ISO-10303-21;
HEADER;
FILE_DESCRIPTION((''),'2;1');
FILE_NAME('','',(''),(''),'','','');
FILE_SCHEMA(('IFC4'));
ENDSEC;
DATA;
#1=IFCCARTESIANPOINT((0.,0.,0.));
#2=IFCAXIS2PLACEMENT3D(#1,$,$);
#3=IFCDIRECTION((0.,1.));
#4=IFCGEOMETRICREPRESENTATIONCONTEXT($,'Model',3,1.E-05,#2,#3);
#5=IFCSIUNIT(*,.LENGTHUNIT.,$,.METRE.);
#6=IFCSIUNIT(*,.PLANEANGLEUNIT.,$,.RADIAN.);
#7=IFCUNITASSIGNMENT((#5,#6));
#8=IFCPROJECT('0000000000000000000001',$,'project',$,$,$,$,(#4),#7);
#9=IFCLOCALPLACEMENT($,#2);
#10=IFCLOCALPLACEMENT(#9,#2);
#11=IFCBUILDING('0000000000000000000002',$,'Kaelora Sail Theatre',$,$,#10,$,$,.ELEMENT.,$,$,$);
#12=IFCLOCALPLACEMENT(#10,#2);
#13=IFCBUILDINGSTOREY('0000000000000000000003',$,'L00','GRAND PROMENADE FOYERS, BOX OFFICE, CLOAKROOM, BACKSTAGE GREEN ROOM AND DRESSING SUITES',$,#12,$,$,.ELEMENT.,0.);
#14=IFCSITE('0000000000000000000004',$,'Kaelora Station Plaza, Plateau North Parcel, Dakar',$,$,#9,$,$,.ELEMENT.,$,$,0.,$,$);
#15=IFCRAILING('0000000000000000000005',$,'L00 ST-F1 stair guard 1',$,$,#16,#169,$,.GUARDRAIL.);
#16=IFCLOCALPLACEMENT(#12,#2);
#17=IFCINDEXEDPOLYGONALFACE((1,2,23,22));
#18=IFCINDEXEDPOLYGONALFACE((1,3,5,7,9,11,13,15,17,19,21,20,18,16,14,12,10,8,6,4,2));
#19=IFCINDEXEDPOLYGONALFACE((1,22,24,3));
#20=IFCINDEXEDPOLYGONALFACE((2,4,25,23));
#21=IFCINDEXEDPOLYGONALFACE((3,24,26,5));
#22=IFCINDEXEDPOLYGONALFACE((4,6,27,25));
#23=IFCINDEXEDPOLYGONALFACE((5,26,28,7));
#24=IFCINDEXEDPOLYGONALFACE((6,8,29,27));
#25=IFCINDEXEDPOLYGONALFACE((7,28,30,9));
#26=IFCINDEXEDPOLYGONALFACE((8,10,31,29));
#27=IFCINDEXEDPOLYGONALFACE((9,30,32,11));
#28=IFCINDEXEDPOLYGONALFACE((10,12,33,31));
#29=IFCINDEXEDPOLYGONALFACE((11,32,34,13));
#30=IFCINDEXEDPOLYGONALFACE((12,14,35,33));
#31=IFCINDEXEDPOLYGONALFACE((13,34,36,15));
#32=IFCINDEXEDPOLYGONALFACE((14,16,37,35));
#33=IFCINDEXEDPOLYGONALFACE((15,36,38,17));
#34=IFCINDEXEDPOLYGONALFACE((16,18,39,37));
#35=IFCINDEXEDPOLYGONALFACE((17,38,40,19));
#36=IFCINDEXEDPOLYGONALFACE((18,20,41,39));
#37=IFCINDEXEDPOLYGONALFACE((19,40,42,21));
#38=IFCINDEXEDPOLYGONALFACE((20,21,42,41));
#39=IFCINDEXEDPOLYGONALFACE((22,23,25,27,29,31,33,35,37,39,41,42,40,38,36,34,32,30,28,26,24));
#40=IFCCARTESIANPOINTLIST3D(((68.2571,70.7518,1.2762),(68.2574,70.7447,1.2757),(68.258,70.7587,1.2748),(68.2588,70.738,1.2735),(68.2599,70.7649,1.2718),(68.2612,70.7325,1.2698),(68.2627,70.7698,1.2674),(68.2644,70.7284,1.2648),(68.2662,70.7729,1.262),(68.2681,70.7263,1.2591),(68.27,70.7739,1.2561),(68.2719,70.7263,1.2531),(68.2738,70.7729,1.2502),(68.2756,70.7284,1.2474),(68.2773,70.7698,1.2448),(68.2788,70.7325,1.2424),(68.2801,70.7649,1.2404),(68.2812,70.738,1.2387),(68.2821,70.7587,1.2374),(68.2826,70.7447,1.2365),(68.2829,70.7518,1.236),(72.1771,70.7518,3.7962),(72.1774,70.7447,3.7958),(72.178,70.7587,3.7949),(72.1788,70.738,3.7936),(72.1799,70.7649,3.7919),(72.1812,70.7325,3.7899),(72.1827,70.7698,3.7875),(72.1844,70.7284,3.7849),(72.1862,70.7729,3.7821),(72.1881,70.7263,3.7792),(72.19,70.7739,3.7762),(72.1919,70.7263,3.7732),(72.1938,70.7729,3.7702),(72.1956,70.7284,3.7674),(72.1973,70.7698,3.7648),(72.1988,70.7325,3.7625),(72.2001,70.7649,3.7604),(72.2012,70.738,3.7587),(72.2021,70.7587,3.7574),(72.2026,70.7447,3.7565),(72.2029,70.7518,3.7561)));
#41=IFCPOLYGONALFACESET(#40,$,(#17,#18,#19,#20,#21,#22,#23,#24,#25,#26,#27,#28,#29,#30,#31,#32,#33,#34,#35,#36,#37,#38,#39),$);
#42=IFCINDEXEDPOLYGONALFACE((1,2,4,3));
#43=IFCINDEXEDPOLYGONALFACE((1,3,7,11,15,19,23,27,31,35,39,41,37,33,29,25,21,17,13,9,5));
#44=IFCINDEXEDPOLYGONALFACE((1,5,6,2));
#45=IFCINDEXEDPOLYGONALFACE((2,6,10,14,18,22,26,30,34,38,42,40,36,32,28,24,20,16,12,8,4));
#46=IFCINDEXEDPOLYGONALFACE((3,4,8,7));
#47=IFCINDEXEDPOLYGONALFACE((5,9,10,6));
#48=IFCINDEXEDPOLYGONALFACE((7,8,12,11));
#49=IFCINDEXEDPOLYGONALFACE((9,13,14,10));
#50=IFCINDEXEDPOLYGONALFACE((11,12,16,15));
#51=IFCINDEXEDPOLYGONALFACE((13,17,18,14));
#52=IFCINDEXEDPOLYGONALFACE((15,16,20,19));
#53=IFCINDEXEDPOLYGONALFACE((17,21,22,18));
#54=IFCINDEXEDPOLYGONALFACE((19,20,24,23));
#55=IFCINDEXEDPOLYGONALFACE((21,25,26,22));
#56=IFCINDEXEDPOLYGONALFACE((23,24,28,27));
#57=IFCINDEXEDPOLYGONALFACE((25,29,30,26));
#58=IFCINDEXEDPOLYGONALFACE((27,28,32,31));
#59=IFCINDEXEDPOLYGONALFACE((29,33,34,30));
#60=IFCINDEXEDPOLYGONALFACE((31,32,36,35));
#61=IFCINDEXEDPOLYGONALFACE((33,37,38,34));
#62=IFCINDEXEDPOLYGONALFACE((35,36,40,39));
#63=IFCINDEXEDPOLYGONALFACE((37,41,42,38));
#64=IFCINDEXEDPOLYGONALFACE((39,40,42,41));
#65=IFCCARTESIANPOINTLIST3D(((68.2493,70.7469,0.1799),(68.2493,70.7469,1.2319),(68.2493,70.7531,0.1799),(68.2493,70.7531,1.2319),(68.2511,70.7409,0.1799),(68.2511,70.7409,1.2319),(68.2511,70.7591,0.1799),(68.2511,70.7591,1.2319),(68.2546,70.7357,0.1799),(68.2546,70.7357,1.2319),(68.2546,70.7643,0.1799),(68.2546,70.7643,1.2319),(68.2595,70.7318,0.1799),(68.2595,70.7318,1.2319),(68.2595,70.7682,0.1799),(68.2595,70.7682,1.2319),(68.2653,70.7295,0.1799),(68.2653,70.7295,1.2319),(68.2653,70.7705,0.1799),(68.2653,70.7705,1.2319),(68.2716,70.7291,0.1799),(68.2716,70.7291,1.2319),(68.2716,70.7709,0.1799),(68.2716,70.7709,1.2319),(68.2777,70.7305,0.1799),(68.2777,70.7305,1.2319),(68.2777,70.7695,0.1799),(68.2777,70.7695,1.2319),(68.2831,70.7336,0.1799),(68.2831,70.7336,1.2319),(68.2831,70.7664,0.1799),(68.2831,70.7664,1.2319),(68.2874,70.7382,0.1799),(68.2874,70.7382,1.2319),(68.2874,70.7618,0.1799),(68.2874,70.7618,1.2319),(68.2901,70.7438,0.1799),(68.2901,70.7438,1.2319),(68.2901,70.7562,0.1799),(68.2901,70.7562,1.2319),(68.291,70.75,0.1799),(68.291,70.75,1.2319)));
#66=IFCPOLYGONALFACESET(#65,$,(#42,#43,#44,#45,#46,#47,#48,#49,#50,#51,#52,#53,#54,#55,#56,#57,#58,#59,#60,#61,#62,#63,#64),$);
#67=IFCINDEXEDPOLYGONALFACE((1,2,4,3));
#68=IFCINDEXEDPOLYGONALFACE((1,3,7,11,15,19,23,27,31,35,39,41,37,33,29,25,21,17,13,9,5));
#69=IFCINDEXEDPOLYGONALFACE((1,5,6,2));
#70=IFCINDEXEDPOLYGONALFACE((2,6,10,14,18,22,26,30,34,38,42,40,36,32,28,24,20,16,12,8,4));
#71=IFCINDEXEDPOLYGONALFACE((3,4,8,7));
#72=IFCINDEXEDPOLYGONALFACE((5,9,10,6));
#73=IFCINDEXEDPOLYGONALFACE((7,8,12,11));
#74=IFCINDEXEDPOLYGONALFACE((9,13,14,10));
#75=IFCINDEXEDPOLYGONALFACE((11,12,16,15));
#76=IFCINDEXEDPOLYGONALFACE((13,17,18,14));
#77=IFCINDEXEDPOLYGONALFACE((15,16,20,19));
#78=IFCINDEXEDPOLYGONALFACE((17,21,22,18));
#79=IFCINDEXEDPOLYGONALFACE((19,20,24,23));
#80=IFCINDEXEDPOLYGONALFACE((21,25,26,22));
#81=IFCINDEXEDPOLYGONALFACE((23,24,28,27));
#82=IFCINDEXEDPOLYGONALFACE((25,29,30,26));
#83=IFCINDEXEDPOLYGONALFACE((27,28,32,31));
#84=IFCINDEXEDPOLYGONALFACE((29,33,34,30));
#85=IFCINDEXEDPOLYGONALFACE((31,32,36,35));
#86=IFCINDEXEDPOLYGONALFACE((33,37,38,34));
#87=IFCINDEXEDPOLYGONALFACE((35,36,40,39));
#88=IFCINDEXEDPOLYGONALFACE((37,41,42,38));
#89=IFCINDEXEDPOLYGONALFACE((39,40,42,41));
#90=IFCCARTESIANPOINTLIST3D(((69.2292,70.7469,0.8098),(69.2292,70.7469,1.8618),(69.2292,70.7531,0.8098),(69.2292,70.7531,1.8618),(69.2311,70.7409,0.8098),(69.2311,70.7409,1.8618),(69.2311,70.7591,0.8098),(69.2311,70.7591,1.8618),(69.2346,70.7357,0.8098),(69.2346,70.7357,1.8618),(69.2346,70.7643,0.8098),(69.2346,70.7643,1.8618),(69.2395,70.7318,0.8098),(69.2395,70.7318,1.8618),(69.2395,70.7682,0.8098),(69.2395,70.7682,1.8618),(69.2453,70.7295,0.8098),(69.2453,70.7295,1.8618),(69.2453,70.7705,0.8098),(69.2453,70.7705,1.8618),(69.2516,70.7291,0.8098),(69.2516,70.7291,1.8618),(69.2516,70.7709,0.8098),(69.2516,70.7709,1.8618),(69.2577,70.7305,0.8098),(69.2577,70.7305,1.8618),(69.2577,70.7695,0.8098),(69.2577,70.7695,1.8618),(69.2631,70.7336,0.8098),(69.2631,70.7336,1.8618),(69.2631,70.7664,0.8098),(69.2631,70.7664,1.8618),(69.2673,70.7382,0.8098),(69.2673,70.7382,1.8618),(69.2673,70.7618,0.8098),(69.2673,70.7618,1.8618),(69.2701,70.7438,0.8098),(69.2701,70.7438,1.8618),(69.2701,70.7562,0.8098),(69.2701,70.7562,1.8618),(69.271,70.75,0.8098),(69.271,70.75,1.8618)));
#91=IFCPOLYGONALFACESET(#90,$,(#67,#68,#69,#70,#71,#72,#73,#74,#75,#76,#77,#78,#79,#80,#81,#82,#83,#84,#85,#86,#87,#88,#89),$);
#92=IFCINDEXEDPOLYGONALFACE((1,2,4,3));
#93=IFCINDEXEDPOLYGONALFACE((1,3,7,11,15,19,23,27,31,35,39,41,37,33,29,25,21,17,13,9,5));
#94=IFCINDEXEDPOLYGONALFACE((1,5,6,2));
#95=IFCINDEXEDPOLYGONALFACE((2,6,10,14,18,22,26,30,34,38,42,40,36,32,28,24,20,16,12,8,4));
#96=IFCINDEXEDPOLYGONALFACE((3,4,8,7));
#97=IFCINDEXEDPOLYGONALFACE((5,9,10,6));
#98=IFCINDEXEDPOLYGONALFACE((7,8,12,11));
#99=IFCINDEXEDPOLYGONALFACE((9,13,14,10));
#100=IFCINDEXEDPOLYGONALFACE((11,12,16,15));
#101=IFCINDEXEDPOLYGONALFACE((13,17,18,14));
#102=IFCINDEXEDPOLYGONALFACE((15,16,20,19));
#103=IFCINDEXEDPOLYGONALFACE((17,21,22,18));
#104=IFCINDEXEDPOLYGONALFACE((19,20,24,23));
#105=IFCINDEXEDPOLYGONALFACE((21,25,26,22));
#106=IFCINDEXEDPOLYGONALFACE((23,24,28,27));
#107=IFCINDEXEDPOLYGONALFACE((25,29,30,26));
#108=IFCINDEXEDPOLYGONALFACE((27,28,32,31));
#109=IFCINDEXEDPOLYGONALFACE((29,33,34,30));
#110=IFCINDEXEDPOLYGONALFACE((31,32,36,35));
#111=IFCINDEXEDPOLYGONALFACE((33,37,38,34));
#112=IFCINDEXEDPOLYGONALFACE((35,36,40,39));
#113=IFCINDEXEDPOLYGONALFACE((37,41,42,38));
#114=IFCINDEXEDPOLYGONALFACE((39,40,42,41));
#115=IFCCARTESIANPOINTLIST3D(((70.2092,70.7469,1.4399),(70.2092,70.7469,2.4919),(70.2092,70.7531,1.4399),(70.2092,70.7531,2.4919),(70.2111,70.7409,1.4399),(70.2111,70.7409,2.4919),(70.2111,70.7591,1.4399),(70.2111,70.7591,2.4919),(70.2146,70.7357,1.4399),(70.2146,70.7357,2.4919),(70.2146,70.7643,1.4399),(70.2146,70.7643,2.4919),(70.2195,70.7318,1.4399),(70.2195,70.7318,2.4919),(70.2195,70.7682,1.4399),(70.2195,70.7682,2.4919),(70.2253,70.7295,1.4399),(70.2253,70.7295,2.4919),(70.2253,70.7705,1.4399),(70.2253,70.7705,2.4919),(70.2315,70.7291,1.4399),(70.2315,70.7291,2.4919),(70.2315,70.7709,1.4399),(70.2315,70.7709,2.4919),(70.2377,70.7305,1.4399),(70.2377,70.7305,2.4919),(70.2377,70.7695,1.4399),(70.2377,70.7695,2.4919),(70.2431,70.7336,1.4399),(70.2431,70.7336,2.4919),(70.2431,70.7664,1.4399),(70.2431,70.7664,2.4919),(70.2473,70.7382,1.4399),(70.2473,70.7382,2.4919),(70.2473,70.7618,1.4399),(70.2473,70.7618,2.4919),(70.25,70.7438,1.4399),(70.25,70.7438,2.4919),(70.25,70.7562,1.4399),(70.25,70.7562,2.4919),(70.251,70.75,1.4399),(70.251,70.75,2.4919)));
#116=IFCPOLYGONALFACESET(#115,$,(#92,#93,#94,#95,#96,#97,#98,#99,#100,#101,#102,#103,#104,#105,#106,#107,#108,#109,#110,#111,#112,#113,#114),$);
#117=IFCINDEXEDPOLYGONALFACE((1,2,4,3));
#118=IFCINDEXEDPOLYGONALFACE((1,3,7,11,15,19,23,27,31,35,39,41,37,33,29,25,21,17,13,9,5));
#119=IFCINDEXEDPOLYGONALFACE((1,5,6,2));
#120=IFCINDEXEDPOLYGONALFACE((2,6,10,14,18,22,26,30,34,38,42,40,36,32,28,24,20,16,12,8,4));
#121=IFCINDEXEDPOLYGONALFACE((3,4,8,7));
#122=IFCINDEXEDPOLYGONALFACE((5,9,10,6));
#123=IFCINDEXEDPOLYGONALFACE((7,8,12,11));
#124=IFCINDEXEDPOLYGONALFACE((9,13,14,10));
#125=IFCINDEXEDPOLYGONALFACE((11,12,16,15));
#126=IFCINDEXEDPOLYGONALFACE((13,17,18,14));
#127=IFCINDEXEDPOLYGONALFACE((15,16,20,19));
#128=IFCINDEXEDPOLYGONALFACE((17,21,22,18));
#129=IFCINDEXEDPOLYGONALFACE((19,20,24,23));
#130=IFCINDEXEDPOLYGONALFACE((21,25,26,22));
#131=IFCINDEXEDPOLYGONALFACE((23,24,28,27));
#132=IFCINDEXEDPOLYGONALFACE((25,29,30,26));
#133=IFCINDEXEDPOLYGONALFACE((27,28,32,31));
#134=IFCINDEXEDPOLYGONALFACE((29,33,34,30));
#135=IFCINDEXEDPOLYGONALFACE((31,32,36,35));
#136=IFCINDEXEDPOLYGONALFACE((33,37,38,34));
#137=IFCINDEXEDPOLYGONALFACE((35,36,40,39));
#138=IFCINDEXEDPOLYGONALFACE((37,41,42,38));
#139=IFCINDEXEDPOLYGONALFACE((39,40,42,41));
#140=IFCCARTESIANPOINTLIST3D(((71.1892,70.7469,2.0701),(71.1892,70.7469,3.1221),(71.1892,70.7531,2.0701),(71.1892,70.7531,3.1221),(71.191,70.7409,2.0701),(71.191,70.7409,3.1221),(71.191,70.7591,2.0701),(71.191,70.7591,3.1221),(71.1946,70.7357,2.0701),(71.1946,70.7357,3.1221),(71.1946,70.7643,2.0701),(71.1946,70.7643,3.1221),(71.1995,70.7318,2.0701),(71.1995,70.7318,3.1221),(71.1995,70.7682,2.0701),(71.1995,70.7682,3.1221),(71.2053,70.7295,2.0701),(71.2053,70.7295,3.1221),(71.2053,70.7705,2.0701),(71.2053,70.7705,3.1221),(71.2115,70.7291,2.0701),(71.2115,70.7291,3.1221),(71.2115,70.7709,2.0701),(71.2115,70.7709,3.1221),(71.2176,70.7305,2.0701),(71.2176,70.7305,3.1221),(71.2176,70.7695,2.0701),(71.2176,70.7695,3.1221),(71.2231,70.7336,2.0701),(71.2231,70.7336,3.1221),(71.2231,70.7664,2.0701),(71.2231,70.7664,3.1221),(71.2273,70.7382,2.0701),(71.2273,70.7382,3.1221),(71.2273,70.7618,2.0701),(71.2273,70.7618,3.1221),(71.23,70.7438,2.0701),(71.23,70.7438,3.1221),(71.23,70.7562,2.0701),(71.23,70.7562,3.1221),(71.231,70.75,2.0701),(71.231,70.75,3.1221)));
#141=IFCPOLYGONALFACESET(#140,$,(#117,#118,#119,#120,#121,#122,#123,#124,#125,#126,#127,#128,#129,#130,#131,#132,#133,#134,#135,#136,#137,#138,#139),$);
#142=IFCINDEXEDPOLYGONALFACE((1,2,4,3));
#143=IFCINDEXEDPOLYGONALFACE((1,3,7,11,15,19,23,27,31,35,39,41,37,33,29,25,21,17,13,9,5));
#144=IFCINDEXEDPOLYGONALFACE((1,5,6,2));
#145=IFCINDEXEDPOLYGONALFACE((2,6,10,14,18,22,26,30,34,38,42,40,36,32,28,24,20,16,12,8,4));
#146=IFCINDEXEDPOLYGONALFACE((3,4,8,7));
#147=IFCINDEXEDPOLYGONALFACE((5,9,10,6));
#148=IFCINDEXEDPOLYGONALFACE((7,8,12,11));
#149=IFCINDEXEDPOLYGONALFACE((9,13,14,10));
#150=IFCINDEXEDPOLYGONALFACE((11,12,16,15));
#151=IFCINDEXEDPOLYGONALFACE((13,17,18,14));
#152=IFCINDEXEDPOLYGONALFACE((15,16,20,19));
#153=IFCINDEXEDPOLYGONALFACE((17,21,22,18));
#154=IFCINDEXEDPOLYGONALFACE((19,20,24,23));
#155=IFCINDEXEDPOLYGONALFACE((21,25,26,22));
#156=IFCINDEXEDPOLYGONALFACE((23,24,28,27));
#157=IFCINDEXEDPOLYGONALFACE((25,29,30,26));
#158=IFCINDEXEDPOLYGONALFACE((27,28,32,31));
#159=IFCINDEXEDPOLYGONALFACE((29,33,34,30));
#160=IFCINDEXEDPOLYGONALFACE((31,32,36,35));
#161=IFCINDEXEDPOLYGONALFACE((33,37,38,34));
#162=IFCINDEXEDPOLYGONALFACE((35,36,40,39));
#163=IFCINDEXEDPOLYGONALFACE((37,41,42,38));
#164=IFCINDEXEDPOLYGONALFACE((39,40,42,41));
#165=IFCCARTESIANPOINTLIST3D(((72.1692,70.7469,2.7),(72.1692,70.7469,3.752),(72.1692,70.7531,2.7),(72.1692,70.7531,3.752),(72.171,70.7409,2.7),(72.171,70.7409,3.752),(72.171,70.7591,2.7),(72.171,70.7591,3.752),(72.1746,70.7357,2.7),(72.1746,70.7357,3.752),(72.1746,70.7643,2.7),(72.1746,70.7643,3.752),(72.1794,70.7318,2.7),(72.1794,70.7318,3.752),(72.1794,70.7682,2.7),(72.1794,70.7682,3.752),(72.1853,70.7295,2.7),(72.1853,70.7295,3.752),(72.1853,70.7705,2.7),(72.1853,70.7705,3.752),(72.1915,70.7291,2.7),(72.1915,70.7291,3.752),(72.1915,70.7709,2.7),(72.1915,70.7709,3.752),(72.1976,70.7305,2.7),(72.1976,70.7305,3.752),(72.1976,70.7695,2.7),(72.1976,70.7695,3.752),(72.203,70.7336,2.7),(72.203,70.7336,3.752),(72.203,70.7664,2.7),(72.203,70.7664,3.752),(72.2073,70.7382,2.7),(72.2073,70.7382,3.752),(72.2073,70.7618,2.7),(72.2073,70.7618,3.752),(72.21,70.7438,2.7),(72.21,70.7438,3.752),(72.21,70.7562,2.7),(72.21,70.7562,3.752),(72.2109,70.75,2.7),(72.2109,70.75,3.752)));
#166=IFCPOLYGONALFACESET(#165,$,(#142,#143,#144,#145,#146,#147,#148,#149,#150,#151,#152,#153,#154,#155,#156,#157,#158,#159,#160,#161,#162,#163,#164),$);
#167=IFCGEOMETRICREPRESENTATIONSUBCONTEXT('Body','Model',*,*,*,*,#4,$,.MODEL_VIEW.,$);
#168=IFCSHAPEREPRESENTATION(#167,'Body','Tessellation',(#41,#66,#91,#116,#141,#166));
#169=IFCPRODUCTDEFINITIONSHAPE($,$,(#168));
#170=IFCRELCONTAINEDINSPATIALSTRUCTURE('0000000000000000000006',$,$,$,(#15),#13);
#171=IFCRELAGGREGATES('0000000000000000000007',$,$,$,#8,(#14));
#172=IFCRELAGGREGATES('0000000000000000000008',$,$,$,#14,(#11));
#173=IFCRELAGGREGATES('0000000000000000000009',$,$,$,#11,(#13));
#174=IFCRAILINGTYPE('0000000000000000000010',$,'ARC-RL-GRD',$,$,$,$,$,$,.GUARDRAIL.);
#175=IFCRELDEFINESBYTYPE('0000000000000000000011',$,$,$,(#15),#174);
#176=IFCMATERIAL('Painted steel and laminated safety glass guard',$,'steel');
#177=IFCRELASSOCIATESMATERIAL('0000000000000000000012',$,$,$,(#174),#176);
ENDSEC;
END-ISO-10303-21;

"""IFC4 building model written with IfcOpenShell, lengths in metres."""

from ifc_helpers import new_model, si_unit, direction, frame, origin, origin_2d, place, context, subcontext, project, spatial, circle, extrude, material, type_object, element, save


model = new_model("IFC4")

# Units and contexts
model_context = context("Model", 3, precision=1e-05, world=origin(), true_north=direction((0.0, 1.0)))
body_context = subcontext(model_context, "Body", "Model", "MODEL_VIEW")
ifc_project = project(units=[si_unit("LENGTHUNIT", "METRE"), si_unit("PLANEANGLEUNIT", "RADIAN")], contexts=[model_context])

# Site, building, storey
site_placement = place(None, origin())
site = spatial("IfcSite", under=ifc_project, at=site_placement, Name="Kaelora Station Plaza, Plateau North Parcel, Dakar", CompositionType="ELEMENT", RefElevation=0.0)
building_placement = place(site_placement, origin())
building = spatial("IfcBuilding", under=site, at=building_placement, Name="Kaelora Sail Theatre", CompositionType="ELEMENT")
storey_placement = place(building_placement, origin())
storey = spatial("IfcBuildingStorey", under=building, at=storey_placement, Name="L00", Description="GRAND PROMENADE FOYERS, BOX OFFICE, CLOAKROOM, BACKSTAGE GREEN ROOM AND DRESSING SUITES", CompositionType="ELEMENT", Elevation=0.0)

# Railing
ifc_material_1 = material(Name="Painted steel and laminated safety glass guard", Category="steel")
railing_type_1 = type_object("IfcRailingType", Name="ARC-RL-GRD", PredefinedType="GUARDRAIL", material=ifc_material_1)
railing_1_placement = place(storey_placement, frame((68.27, 70.75, 0.1799)))
element("IfcRailing", 1, at=railing_1_placement, inside=storey, type_object=railing_type_1, Name="L00 ST-F1 stair guard 1", PredefinedType="GUARDRAIL", context=body_context, shape_type="SweptSolid", body=[
    extrude(circle(Radius=0.0239, at=origin_2d()), frame((0.0, 0.0, 1.0762), z_axis=(0.841172, 0.0, 0.540768), x_axis=(0.0, 1.0, 0.0)), (0.0, 0.0, 1.0), 4.6602),
    extrude(circle(Radius=0.021, at=origin_2d()), origin(), (0.0, 0.0, 1.0), 1.052),
    extrude(circle(Radius=0.021, at=origin_2d()), frame((0.98, 0.0, 0.6299)), (0.0, 0.0, 1.0), 1.052),
    extrude(circle(Radius=0.021, at=origin_2d()), frame((1.96, 0.0, 1.26)), (0.0, 0.0, 1.0), 1.052),
    extrude(circle(Radius=0.021, at=origin_2d()), frame((2.9399, 0.0, 1.8901)), (0.0, 0.0, 1.0), 1.052),
    extrude(circle(Radius=0.021, at=origin_2d()), frame((3.9199, 0.0, 2.52)), (0.0, 0.0, 1.0), 1.052),
])

save(model, "model.ifc")
